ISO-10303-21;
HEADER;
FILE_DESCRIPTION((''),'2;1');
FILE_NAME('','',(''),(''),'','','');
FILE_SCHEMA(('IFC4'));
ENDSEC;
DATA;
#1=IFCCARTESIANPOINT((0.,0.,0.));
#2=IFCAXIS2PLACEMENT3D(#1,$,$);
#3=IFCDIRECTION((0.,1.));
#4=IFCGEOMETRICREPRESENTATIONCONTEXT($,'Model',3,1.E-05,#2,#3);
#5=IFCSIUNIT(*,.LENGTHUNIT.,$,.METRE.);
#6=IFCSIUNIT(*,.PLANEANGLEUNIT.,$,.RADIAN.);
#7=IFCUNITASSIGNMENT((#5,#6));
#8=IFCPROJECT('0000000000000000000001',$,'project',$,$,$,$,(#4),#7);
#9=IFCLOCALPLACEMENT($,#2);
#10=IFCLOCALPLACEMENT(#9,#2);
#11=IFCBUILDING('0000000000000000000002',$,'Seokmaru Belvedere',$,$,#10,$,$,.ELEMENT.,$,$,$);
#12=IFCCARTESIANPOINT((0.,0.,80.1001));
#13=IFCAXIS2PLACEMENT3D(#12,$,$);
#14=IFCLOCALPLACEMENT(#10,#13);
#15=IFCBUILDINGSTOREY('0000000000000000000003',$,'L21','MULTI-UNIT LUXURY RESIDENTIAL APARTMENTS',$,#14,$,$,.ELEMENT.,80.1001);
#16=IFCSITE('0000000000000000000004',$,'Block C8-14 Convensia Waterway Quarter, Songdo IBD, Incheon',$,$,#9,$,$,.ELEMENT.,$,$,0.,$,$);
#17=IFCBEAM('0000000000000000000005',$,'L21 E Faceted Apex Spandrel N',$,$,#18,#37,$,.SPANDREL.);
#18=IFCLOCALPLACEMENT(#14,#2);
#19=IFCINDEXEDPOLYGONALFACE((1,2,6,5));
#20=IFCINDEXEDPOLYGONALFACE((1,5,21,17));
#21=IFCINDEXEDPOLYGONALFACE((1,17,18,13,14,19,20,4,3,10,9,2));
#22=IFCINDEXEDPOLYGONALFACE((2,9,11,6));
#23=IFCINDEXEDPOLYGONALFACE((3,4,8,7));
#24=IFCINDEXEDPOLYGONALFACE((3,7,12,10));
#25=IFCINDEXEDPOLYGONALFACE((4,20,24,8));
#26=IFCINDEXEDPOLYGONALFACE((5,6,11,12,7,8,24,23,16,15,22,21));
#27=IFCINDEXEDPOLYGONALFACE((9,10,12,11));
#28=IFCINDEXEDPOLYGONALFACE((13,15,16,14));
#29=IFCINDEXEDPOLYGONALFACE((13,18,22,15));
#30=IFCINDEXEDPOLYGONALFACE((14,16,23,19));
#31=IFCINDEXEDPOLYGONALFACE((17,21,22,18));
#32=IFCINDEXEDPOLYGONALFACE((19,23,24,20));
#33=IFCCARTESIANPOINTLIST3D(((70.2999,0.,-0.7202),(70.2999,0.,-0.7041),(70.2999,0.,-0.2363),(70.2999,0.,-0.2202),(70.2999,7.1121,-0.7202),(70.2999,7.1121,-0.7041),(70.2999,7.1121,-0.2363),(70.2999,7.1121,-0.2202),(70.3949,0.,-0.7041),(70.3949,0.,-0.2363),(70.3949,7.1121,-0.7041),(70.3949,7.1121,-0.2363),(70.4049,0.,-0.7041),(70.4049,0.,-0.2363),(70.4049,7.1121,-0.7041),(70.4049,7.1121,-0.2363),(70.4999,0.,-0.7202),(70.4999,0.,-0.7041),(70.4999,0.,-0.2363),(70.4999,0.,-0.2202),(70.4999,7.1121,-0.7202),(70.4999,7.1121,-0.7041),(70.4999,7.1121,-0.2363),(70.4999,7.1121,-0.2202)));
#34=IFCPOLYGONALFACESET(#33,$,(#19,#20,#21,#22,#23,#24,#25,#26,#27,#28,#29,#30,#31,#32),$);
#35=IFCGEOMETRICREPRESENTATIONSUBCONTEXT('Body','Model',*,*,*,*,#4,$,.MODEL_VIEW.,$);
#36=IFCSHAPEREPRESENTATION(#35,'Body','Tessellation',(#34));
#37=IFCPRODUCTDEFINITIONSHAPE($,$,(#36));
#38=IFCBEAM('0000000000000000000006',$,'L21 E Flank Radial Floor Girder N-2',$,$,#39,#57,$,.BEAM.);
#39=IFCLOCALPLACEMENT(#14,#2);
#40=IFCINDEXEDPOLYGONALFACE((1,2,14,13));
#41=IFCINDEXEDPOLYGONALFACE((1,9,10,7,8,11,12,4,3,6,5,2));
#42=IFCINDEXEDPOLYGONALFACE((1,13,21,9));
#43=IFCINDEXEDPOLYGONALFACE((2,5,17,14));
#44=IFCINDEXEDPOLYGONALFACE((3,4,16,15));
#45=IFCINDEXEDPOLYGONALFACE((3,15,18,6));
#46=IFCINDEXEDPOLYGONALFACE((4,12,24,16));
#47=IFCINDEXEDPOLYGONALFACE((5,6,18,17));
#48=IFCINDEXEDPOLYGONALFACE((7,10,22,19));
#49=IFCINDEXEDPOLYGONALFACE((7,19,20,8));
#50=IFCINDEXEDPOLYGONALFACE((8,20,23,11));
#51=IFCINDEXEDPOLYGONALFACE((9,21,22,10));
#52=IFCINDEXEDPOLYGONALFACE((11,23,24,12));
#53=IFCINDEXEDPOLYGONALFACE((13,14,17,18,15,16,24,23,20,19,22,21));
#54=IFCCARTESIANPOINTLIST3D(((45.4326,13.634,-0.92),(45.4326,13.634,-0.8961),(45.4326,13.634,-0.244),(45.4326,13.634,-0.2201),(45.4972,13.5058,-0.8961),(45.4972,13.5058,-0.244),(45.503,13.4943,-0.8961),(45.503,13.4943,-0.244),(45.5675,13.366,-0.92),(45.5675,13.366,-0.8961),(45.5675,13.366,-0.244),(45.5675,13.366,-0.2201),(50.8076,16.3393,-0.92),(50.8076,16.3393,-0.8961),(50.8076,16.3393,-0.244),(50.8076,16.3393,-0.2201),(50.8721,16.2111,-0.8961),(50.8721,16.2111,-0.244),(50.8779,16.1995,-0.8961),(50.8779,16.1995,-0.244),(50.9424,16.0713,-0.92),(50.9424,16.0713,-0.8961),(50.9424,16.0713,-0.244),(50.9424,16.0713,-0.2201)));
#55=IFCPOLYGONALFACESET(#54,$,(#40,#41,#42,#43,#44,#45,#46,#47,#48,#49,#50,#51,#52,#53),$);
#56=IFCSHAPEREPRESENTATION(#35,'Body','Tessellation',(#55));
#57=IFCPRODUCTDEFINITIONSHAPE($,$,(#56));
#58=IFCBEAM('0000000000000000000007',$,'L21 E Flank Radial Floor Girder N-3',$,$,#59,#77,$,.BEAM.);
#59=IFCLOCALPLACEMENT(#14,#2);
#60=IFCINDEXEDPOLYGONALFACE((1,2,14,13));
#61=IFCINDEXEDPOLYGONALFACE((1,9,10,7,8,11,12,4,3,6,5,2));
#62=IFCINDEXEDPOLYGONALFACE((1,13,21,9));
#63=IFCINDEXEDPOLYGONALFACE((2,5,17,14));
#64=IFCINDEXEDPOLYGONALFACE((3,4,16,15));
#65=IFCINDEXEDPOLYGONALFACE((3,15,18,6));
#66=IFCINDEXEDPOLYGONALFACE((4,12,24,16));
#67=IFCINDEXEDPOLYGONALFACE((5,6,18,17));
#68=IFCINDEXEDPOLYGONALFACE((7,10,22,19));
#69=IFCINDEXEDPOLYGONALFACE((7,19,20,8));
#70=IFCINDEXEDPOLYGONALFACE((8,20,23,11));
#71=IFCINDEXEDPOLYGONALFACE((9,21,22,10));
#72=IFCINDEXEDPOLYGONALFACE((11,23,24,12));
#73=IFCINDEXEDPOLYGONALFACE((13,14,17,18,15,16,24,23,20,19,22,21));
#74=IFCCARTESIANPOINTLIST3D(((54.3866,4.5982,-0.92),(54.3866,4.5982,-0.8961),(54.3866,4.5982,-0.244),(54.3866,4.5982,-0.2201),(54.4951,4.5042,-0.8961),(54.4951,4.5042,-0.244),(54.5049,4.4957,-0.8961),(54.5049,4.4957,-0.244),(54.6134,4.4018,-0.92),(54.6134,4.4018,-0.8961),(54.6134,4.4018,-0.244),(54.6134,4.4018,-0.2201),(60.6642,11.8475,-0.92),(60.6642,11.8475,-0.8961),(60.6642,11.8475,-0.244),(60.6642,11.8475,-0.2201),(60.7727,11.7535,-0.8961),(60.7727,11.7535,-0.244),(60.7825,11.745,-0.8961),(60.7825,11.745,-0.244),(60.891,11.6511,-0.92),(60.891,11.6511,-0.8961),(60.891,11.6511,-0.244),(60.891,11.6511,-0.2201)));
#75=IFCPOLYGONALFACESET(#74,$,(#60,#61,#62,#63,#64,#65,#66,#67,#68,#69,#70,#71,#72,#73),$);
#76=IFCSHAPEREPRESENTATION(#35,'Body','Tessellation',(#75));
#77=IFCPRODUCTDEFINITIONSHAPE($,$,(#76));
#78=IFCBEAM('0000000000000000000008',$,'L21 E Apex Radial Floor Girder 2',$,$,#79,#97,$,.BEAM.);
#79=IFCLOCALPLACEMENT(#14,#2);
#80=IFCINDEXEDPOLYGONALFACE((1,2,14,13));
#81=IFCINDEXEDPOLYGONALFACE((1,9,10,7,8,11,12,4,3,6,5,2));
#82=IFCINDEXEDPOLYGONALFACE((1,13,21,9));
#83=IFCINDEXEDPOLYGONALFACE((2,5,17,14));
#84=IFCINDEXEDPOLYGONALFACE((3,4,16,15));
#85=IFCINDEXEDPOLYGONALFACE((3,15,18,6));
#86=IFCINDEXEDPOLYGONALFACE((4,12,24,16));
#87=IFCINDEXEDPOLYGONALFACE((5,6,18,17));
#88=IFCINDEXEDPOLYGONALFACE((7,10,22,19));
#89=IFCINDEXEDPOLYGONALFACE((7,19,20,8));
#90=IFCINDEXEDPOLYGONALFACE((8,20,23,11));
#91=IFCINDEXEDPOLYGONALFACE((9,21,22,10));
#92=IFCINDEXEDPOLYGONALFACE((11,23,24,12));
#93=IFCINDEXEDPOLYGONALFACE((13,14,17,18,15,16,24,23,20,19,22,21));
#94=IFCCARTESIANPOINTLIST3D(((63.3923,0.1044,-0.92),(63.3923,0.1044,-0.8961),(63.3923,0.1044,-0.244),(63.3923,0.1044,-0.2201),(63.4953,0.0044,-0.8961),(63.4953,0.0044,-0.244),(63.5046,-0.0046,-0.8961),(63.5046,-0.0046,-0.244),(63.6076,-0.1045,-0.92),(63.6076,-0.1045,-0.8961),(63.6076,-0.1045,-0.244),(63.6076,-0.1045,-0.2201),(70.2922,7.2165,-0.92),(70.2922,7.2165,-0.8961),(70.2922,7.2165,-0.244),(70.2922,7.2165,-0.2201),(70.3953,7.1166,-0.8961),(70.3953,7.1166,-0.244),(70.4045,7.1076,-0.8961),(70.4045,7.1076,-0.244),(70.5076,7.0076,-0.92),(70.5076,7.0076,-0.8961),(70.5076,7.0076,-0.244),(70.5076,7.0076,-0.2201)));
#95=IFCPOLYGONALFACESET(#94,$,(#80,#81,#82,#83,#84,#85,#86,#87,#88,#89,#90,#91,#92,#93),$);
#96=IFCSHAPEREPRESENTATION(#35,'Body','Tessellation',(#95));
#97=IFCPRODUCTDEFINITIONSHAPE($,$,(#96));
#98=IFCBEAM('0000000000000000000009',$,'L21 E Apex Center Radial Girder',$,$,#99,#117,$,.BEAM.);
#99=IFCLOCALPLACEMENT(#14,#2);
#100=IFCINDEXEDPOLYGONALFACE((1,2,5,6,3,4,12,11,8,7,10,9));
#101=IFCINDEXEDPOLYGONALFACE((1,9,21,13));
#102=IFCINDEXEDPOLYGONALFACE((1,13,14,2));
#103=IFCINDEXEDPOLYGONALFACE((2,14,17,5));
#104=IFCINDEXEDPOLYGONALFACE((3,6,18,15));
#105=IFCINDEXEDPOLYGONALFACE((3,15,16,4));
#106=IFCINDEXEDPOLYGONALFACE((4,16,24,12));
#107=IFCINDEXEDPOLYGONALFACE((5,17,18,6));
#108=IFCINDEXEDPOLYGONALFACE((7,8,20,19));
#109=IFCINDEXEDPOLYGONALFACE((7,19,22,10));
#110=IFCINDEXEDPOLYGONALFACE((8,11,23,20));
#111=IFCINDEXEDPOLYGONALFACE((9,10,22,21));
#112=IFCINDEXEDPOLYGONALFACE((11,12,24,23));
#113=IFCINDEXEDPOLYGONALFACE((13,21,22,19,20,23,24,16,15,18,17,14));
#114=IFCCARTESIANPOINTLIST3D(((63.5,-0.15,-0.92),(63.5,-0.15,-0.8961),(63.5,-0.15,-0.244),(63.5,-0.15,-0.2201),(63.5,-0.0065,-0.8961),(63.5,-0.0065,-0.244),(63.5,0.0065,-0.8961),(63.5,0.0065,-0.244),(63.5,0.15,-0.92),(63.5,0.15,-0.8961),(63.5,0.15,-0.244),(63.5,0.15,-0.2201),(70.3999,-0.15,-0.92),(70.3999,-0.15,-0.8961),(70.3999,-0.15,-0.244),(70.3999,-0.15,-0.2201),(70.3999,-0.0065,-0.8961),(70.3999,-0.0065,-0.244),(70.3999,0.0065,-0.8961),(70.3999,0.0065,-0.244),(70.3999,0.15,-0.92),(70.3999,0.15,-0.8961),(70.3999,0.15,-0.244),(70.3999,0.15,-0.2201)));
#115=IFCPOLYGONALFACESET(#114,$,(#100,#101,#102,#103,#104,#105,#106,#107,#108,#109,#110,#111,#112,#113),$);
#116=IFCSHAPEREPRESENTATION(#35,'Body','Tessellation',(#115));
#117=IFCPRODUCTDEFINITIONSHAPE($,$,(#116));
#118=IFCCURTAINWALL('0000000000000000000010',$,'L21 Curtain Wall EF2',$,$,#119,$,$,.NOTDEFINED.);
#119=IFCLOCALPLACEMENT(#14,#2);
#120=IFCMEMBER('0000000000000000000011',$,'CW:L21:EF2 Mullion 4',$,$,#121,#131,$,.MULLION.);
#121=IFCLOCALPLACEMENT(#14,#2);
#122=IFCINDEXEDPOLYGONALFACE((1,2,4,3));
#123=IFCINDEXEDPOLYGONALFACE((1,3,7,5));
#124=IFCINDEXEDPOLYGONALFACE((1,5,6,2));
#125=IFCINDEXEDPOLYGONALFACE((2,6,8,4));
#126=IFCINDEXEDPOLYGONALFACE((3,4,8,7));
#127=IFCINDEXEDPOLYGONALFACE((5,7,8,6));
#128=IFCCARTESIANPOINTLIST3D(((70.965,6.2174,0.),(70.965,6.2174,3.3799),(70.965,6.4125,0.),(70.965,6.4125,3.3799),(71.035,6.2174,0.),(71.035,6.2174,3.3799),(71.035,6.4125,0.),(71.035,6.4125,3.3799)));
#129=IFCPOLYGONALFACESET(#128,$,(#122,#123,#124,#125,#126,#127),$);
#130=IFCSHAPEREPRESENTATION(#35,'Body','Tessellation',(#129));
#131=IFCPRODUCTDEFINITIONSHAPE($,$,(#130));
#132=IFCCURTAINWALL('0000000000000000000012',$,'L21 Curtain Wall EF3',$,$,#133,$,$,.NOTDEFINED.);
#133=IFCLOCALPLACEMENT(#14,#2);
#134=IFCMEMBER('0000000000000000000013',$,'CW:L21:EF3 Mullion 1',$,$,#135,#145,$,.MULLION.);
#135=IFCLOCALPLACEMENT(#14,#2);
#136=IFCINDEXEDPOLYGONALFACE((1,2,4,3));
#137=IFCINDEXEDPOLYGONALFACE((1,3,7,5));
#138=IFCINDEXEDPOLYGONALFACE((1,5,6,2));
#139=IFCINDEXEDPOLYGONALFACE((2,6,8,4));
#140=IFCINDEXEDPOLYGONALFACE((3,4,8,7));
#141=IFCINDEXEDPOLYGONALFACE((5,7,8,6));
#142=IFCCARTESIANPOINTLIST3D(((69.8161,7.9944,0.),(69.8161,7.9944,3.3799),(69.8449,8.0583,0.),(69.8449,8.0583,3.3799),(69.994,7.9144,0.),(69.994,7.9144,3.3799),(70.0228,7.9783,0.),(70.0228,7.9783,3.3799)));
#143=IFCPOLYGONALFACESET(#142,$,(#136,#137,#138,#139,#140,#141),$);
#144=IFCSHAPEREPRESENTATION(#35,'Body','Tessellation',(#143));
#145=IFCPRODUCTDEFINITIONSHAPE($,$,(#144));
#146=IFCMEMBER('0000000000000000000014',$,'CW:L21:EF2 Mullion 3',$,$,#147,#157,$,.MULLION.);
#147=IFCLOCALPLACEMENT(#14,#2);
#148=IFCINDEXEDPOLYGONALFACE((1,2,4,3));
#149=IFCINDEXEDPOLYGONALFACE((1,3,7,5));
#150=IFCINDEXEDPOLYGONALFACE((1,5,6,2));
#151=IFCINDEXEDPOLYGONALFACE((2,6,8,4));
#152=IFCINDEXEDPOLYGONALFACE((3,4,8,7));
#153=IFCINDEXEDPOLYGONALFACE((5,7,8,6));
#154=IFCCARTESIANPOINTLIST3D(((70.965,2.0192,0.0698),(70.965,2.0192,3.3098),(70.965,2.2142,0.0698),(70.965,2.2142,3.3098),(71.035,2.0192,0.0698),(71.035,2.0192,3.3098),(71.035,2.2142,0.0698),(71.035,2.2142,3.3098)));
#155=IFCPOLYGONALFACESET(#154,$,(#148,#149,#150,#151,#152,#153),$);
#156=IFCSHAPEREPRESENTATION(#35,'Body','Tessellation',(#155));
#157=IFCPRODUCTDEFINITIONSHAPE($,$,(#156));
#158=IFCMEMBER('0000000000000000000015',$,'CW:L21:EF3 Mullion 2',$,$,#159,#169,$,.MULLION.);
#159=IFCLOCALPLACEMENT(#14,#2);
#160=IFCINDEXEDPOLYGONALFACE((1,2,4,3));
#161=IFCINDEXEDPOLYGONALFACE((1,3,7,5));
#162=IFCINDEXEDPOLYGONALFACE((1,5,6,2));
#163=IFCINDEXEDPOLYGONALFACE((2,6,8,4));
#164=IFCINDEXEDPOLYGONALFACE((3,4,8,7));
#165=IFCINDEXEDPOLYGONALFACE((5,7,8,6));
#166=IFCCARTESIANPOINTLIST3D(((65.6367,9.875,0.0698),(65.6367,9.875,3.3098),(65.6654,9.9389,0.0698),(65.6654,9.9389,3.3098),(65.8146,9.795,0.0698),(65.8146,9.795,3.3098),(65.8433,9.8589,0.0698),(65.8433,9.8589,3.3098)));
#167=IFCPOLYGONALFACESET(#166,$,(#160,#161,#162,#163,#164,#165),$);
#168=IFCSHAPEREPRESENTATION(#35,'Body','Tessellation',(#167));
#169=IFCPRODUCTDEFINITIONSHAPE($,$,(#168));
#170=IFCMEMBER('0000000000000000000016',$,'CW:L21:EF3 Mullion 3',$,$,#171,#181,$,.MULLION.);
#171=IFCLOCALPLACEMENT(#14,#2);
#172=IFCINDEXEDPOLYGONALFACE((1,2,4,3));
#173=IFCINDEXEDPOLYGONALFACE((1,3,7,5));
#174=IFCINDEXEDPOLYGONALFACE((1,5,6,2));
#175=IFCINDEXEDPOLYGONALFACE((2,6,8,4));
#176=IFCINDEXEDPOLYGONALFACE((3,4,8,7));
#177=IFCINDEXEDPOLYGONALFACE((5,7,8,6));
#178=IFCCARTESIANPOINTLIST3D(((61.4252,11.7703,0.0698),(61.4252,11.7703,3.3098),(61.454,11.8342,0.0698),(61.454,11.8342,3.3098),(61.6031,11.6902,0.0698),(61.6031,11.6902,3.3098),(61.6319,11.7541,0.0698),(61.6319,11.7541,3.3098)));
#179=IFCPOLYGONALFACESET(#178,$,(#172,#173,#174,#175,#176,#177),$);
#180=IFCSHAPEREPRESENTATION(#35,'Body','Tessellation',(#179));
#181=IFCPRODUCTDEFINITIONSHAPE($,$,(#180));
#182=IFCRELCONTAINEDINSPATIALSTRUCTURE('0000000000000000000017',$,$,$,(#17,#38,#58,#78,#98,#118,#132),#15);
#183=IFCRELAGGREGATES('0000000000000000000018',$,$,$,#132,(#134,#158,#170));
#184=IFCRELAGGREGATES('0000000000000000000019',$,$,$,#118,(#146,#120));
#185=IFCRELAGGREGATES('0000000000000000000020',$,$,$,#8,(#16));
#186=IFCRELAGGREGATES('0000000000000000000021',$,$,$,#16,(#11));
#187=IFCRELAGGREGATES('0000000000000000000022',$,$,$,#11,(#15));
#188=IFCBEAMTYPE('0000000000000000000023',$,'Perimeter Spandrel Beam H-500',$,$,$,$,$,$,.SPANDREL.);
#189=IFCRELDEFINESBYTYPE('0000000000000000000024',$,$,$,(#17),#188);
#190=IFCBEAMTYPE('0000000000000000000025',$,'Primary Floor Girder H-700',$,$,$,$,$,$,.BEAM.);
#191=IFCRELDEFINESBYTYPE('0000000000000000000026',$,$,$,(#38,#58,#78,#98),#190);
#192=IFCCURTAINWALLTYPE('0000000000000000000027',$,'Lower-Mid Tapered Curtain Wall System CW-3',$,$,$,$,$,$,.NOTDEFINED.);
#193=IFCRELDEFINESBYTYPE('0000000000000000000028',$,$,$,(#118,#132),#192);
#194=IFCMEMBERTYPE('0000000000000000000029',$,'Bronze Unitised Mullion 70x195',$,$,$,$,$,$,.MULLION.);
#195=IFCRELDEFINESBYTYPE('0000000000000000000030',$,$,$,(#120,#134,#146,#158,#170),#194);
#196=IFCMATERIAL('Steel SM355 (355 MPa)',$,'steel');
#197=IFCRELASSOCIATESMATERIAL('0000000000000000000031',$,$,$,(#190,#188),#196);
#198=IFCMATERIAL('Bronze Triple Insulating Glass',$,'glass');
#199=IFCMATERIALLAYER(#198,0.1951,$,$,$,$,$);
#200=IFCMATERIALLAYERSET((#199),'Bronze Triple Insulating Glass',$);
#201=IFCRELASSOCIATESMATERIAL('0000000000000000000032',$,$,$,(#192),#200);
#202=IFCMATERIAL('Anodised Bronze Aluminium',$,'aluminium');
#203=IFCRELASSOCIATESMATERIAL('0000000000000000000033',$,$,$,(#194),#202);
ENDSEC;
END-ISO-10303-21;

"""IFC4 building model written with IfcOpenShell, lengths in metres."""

from ifc_helpers import new_model, si_unit, direction, frame, origin, origin_2d, place, context, subcontext, project, spatial, rectangle, i_section, extrude, source, transform, mapped, material, layer, layer_set, material_profile, profile_set, type_object, type_shapes, element, aggregate, save


model = new_model("IFC4")

# Units and contexts
model_context = context("Model", 3, precision=1e-05, world=origin(), true_north=direction((0.0, 1.0)))
body_context = subcontext(model_context, "Body", "Model", "MODEL_VIEW")
ifc_project = project(units=[si_unit("LENGTHUNIT", "METRE"), si_unit("PLANEANGLEUNIT", "RADIAN")], contexts=[model_context])

# Site, building, storey
site_placement = place(None, origin())
site = spatial("IfcSite", under=ifc_project, at=site_placement, Name="Block C8-14 Convensia Waterway Quarter, Songdo IBD, Incheon", CompositionType="ELEMENT", RefElevation=0.0)
building_placement = place(site_placement, origin())
building = spatial("IfcBuilding", under=site, at=building_placement, Name="Seokmaru Belvedere", CompositionType="ELEMENT")
storey_placement = place(building_placement, frame((0.0, 0.0, 80.1001)))
storey = spatial("IfcBuildingStorey", under=building, at=storey_placement, Name="L21", Description="MULTI-UNIT LUXURY RESIDENTIAL APARTMENTS", CompositionType="ELEMENT", Elevation=80.1001)

# Shared definitions
ifc_material_1 = material(Name="Steel SM355 (355 MPa)", Category="steel")

# Beams
ifc_material_profile_1 = material_profile(ifc_material_1, i_section(OverallWidth=0.3, OverallDepth=0.7, WebThickness=0.0129, FlangeThickness=0.0239, at=origin_2d()), Name="H-700x300x13x24")
ifc_profile_set_1 = profile_set([ifc_material_profile_1], Name="Steel SM355 (355 MPa)")
beam_type_1 = type_object("IfcBeamType", Name="Primary Floor Girder H-700", PredefinedType="BEAM", material=ifc_profile_set_1)
ifc_material_profile_2 = material_profile(ifc_material_1, i_section(OverallWidth=0.2, OverallDepth=0.5, WebThickness=0.01, FlangeThickness=0.0161, at=origin_2d()), Name="H-500x200x10x16")
ifc_profile_set_2 = profile_set([ifc_material_profile_2], Name="Steel SM355 (355 MPa)")
beam_type_2 = type_object("IfcBeamType", Name="Perimeter Spandrel Beam H-500", PredefinedType="SPANDREL", material=ifc_profile_set_2)
shared_shape_1 = source(origin(), body_context, "Body", "SweptSolid", [
    extrude(i_section(OverallWidth=0.2, OverallDepth=0.5, WebThickness=0.01, FlangeThickness=0.0161, at=origin_2d()), origin(), (0.0, 0.0, 1.0), 7.1121),
])
beam_1_placement = place(storey_placement, frame((70.3999, 0.0, -0.4702), z_axis=(0.0, 1.0, 0.0), x_axis=(-1.0, 0.0, 0.0)))
element("IfcBeam", 1, at=beam_1_placement, inside=storey, type_object=beam_type_2, Name="L21 E Faceted Apex Spandrel N", PredefinedType="SPANDREL", context=body_context, shape_type="MappedRepresentation", body=[
    mapped(shared_shape_1, transform((0.0, 0.0, 0.0), scale=1.0)),
])
shared_shape_2 = source(origin(), body_context, "Body", "SweptSolid", [
    extrude(i_section(OverallWidth=0.3, OverallDepth=0.7, WebThickness=0.0129, FlangeThickness=0.0239, at=origin_2d()), origin(), (0.0, 0.0, 1.0), 6.0173),
])
beam_2_placement = place(storey_placement, frame((50.875, 16.2053, -0.5701), z_axis=(-0.893239, -0.449581, 0.0), x_axis=(0.449581, -0.893239, 0.0)))
element("IfcBeam", 2, at=beam_2_placement, inside=storey, type_object=beam_type_1, Name="L21 E Flank Radial Floor Girder N-2", PredefinedType="BEAM", context=body_context, shape_type="MappedRepresentation", body=[
    mapped(shared_shape_2, transform((0.0, 0.0, 0.0), scale=1.0)),
])
shared_shape_3 = source(origin(), body_context, "Body", "SweptSolid", [
    extrude(i_section(OverallWidth=0.3, OverallDepth=0.7, WebThickness=0.0129, FlangeThickness=0.0239, at=origin_2d()), origin(), (0.0, 0.0, 1.0), 9.5896),
])
beam_3_placement = place(storey_placement, frame((60.7776, 11.7493, -0.5701), z_axis=(-0.654626, -0.755953, 0.0), x_axis=(0.755953, -0.654626, 0.0)))
element("IfcBeam", 3, at=beam_3_placement, inside=storey, type_object=beam_type_1, Name="L21 E Flank Radial Floor Girder N-3", PredefinedType="BEAM", context=body_context, shape_type="MappedRepresentation", body=[
    mapped(shared_shape_3, transform((0.0, 0.0, 0.0), scale=1.0)),
])
shared_shape_4 = source(origin(), body_context, "Body", "SweptSolid", [
    extrude(i_section(OverallWidth=0.3, OverallDepth=0.7, WebThickness=0.0129, FlangeThickness=0.0239, at=origin_2d()), origin(), (0.0, 0.0, 1.0), 9.9092),
])
beam_4_placement = place(storey_placement, frame((70.3999, 7.1121, -0.5701), z_axis=(-0.696321, -0.717731, 0.0), x_axis=(0.717731, -0.696321, 0.0)))
element("IfcBeam", 4, at=beam_4_placement, inside=storey, type_object=beam_type_1, Name="L21 E Apex Radial Floor Girder 2", PredefinedType="BEAM", context=body_context, shape_type="MappedRepresentation", body=[
    mapped(shared_shape_4, transform((0.0, 0.0, 0.0), scale=1.0)),
])
shared_shape_5 = source(origin(), body_context, "Body", "SweptSolid", [
    extrude(i_section(OverallWidth=0.3, OverallDepth=0.7, WebThickness=0.0129, FlangeThickness=0.0239, at=origin_2d()), origin(), (0.0, 0.0, 1.0), 6.8999),
])
beam_5_placement = place(storey_placement, frame((70.3999, 0.0, -0.5701), z_axis=(-1.0, 0.0, 0.0), x_axis=(0.0, -1.0, 0.0)))
element("IfcBeam", 5, at=beam_5_placement, inside=storey, type_object=beam_type_1, Name="L21 E Apex Center Radial Girder", PredefinedType="BEAM", context=body_context, shape_type="MappedRepresentation", body=[
    mapped(shared_shape_5, transform((0.0, 0.0, 0.0), scale=1.0)),
])

# Curtain walls, members
ifc_material_2 = material(Name="Bronze Triple Insulating Glass", Category="glass")
ifc_layer_1 = layer(ifc_material_2, 0.1951)
ifc_layer_set_1 = layer_set([ifc_layer_1], Name="Bronze Triple Insulating Glass")
curtain_wall_type = type_object("IfcCurtainWallType", Name="Lower-Mid Tapered Curtain Wall System CW-3", PredefinedType="NOTDEFINED", material=ifc_layer_set_1)
curtain_wall_1_placement = place(storey_placement, origin())
curtain_wall_1 = element("IfcCurtainWall", 6, at=curtain_wall_1_placement, inside=storey, type_object=curtain_wall_type, Name="L21 Curtain Wall EF2", PredefinedType="NOTDEFINED")
ifc_material_3 = material(Name="Anodised Bronze Aluminium", Category="aluminium")
ifc_material_profile_3 = material_profile(ifc_material_3, rectangle(XDim=0.0701, YDim=0.1951, at=origin_2d()), Name="CW-M-70x195")
ifc_profile_set_3 = profile_set([ifc_material_profile_3], Name="Anodised Bronze Aluminium")
member_type_1 = type_object("IfcMemberType", Name="Bronze Unitised Mullion 70x195", PredefinedType="MULLION", material=ifc_profile_set_3)
shared_shape_6 = source(origin(), body_context, "Body", "SweptSolid", [
    extrude(rectangle(XDim=0.0701, YDim=0.1951, at=origin_2d()), origin(), (0.0, 0.0, 1.0), 3.3799),
])
member_1_placement = place(storey_placement, frame((71.0, 6.3149, 0.0), z_axis=(0.0, 0.0, 1.0), x_axis=(-1.0, 0.0, 0.0)))
member_1 = element("IfcMember", 7, at=member_1_placement, type_object=member_type_1, Name="CW:L21:EF2 Mullion 4", PredefinedType="MULLION", context=body_context, shape_type="MappedRepresentation", body=[
    mapped(shared_shape_6, transform((0.0, 0.0, 0.0), scale=1.0)),
])
curtain_wall_2_placement = place(storey_placement, origin())
curtain_wall_2 = element("IfcCurtainWall", 8, at=curtain_wall_2_placement, inside=storey, type_object=curtain_wall_type, Name="L21 Curtain Wall EF3", PredefinedType="NOTDEFINED")
member_2_placement = place(storey_placement, frame((69.9194, 7.9863, 0.0), z_axis=(0.0, 0.0, 1.0), x_axis=(-0.410366, -0.911921, 0.0)))
member_2 = element("IfcMember", 9, at=member_2_placement, type_object=member_type_1, Name="CW:L21:EF3 Mullion 1", PredefinedType="MULLION", context=body_context, shape_type="MappedRepresentation", body=[
    mapped(shared_shape_6, transform((0.0, 0.0, 0.0), scale=1.0)),
])

# Members
shared_shape_7 = source(origin(), body_context, "Body", "SweptSolid", [
    extrude(rectangle(XDim=0.0701, YDim=0.1951, at=origin_2d()), origin(), (0.0, 0.0, 1.0), 3.24),
])
type_shapes(member_type_1, [shared_shape_6, shared_shape_7])
member_3_placement = place(storey_placement, frame((71.0, 2.1167, 0.0698), z_axis=(0.0, 0.0, 1.0), x_axis=(-1.0, 0.0, 0.0)))
member_3 = element("IfcMember", 10, at=member_3_placement, type_object=member_type_1, Name="CW:L21:EF2 Mullion 3", PredefinedType="MULLION", context=body_context, shape_type="MappedRepresentation", body=[
    mapped(shared_shape_7, transform((0.0, 0.0, 0.0), scale=1.0)),
])
member_4_placement = place(storey_placement, frame((65.74, 9.8669, 0.0698), z_axis=(0.0, 0.0, 1.0), x_axis=(-0.410366, -0.911921, 0.0)))
member_4 = element("IfcMember", 11, at=member_4_placement, type_object=member_type_1, Name="CW:L21:EF3 Mullion 2", PredefinedType="MULLION", context=body_context, shape_type="MappedRepresentation", body=[
    mapped(shared_shape_7, transform((0.0, 0.0, 0.0), scale=1.0)),
])
member_5_placement = place(storey_placement, frame((61.5286, 11.7622, 0.0698), z_axis=(0.0, 0.0, 1.0), x_axis=(-0.410366, -0.911921, 0.0)))
member_5 = element("IfcMember", 12, at=member_5_placement, type_object=member_type_1, Name="CW:L21:EF3 Mullion 3", PredefinedType="MULLION", context=body_context, shape_type="MappedRepresentation", body=[
    mapped(shared_shape_7, transform((0.0, 0.0, 0.0), scale=1.0)),
])

aggregate(curtain_wall_2, [member_2, member_4, member_5])
aggregate(curtain_wall_1, [member_3, member_1])

save(model, "model.ifc")
